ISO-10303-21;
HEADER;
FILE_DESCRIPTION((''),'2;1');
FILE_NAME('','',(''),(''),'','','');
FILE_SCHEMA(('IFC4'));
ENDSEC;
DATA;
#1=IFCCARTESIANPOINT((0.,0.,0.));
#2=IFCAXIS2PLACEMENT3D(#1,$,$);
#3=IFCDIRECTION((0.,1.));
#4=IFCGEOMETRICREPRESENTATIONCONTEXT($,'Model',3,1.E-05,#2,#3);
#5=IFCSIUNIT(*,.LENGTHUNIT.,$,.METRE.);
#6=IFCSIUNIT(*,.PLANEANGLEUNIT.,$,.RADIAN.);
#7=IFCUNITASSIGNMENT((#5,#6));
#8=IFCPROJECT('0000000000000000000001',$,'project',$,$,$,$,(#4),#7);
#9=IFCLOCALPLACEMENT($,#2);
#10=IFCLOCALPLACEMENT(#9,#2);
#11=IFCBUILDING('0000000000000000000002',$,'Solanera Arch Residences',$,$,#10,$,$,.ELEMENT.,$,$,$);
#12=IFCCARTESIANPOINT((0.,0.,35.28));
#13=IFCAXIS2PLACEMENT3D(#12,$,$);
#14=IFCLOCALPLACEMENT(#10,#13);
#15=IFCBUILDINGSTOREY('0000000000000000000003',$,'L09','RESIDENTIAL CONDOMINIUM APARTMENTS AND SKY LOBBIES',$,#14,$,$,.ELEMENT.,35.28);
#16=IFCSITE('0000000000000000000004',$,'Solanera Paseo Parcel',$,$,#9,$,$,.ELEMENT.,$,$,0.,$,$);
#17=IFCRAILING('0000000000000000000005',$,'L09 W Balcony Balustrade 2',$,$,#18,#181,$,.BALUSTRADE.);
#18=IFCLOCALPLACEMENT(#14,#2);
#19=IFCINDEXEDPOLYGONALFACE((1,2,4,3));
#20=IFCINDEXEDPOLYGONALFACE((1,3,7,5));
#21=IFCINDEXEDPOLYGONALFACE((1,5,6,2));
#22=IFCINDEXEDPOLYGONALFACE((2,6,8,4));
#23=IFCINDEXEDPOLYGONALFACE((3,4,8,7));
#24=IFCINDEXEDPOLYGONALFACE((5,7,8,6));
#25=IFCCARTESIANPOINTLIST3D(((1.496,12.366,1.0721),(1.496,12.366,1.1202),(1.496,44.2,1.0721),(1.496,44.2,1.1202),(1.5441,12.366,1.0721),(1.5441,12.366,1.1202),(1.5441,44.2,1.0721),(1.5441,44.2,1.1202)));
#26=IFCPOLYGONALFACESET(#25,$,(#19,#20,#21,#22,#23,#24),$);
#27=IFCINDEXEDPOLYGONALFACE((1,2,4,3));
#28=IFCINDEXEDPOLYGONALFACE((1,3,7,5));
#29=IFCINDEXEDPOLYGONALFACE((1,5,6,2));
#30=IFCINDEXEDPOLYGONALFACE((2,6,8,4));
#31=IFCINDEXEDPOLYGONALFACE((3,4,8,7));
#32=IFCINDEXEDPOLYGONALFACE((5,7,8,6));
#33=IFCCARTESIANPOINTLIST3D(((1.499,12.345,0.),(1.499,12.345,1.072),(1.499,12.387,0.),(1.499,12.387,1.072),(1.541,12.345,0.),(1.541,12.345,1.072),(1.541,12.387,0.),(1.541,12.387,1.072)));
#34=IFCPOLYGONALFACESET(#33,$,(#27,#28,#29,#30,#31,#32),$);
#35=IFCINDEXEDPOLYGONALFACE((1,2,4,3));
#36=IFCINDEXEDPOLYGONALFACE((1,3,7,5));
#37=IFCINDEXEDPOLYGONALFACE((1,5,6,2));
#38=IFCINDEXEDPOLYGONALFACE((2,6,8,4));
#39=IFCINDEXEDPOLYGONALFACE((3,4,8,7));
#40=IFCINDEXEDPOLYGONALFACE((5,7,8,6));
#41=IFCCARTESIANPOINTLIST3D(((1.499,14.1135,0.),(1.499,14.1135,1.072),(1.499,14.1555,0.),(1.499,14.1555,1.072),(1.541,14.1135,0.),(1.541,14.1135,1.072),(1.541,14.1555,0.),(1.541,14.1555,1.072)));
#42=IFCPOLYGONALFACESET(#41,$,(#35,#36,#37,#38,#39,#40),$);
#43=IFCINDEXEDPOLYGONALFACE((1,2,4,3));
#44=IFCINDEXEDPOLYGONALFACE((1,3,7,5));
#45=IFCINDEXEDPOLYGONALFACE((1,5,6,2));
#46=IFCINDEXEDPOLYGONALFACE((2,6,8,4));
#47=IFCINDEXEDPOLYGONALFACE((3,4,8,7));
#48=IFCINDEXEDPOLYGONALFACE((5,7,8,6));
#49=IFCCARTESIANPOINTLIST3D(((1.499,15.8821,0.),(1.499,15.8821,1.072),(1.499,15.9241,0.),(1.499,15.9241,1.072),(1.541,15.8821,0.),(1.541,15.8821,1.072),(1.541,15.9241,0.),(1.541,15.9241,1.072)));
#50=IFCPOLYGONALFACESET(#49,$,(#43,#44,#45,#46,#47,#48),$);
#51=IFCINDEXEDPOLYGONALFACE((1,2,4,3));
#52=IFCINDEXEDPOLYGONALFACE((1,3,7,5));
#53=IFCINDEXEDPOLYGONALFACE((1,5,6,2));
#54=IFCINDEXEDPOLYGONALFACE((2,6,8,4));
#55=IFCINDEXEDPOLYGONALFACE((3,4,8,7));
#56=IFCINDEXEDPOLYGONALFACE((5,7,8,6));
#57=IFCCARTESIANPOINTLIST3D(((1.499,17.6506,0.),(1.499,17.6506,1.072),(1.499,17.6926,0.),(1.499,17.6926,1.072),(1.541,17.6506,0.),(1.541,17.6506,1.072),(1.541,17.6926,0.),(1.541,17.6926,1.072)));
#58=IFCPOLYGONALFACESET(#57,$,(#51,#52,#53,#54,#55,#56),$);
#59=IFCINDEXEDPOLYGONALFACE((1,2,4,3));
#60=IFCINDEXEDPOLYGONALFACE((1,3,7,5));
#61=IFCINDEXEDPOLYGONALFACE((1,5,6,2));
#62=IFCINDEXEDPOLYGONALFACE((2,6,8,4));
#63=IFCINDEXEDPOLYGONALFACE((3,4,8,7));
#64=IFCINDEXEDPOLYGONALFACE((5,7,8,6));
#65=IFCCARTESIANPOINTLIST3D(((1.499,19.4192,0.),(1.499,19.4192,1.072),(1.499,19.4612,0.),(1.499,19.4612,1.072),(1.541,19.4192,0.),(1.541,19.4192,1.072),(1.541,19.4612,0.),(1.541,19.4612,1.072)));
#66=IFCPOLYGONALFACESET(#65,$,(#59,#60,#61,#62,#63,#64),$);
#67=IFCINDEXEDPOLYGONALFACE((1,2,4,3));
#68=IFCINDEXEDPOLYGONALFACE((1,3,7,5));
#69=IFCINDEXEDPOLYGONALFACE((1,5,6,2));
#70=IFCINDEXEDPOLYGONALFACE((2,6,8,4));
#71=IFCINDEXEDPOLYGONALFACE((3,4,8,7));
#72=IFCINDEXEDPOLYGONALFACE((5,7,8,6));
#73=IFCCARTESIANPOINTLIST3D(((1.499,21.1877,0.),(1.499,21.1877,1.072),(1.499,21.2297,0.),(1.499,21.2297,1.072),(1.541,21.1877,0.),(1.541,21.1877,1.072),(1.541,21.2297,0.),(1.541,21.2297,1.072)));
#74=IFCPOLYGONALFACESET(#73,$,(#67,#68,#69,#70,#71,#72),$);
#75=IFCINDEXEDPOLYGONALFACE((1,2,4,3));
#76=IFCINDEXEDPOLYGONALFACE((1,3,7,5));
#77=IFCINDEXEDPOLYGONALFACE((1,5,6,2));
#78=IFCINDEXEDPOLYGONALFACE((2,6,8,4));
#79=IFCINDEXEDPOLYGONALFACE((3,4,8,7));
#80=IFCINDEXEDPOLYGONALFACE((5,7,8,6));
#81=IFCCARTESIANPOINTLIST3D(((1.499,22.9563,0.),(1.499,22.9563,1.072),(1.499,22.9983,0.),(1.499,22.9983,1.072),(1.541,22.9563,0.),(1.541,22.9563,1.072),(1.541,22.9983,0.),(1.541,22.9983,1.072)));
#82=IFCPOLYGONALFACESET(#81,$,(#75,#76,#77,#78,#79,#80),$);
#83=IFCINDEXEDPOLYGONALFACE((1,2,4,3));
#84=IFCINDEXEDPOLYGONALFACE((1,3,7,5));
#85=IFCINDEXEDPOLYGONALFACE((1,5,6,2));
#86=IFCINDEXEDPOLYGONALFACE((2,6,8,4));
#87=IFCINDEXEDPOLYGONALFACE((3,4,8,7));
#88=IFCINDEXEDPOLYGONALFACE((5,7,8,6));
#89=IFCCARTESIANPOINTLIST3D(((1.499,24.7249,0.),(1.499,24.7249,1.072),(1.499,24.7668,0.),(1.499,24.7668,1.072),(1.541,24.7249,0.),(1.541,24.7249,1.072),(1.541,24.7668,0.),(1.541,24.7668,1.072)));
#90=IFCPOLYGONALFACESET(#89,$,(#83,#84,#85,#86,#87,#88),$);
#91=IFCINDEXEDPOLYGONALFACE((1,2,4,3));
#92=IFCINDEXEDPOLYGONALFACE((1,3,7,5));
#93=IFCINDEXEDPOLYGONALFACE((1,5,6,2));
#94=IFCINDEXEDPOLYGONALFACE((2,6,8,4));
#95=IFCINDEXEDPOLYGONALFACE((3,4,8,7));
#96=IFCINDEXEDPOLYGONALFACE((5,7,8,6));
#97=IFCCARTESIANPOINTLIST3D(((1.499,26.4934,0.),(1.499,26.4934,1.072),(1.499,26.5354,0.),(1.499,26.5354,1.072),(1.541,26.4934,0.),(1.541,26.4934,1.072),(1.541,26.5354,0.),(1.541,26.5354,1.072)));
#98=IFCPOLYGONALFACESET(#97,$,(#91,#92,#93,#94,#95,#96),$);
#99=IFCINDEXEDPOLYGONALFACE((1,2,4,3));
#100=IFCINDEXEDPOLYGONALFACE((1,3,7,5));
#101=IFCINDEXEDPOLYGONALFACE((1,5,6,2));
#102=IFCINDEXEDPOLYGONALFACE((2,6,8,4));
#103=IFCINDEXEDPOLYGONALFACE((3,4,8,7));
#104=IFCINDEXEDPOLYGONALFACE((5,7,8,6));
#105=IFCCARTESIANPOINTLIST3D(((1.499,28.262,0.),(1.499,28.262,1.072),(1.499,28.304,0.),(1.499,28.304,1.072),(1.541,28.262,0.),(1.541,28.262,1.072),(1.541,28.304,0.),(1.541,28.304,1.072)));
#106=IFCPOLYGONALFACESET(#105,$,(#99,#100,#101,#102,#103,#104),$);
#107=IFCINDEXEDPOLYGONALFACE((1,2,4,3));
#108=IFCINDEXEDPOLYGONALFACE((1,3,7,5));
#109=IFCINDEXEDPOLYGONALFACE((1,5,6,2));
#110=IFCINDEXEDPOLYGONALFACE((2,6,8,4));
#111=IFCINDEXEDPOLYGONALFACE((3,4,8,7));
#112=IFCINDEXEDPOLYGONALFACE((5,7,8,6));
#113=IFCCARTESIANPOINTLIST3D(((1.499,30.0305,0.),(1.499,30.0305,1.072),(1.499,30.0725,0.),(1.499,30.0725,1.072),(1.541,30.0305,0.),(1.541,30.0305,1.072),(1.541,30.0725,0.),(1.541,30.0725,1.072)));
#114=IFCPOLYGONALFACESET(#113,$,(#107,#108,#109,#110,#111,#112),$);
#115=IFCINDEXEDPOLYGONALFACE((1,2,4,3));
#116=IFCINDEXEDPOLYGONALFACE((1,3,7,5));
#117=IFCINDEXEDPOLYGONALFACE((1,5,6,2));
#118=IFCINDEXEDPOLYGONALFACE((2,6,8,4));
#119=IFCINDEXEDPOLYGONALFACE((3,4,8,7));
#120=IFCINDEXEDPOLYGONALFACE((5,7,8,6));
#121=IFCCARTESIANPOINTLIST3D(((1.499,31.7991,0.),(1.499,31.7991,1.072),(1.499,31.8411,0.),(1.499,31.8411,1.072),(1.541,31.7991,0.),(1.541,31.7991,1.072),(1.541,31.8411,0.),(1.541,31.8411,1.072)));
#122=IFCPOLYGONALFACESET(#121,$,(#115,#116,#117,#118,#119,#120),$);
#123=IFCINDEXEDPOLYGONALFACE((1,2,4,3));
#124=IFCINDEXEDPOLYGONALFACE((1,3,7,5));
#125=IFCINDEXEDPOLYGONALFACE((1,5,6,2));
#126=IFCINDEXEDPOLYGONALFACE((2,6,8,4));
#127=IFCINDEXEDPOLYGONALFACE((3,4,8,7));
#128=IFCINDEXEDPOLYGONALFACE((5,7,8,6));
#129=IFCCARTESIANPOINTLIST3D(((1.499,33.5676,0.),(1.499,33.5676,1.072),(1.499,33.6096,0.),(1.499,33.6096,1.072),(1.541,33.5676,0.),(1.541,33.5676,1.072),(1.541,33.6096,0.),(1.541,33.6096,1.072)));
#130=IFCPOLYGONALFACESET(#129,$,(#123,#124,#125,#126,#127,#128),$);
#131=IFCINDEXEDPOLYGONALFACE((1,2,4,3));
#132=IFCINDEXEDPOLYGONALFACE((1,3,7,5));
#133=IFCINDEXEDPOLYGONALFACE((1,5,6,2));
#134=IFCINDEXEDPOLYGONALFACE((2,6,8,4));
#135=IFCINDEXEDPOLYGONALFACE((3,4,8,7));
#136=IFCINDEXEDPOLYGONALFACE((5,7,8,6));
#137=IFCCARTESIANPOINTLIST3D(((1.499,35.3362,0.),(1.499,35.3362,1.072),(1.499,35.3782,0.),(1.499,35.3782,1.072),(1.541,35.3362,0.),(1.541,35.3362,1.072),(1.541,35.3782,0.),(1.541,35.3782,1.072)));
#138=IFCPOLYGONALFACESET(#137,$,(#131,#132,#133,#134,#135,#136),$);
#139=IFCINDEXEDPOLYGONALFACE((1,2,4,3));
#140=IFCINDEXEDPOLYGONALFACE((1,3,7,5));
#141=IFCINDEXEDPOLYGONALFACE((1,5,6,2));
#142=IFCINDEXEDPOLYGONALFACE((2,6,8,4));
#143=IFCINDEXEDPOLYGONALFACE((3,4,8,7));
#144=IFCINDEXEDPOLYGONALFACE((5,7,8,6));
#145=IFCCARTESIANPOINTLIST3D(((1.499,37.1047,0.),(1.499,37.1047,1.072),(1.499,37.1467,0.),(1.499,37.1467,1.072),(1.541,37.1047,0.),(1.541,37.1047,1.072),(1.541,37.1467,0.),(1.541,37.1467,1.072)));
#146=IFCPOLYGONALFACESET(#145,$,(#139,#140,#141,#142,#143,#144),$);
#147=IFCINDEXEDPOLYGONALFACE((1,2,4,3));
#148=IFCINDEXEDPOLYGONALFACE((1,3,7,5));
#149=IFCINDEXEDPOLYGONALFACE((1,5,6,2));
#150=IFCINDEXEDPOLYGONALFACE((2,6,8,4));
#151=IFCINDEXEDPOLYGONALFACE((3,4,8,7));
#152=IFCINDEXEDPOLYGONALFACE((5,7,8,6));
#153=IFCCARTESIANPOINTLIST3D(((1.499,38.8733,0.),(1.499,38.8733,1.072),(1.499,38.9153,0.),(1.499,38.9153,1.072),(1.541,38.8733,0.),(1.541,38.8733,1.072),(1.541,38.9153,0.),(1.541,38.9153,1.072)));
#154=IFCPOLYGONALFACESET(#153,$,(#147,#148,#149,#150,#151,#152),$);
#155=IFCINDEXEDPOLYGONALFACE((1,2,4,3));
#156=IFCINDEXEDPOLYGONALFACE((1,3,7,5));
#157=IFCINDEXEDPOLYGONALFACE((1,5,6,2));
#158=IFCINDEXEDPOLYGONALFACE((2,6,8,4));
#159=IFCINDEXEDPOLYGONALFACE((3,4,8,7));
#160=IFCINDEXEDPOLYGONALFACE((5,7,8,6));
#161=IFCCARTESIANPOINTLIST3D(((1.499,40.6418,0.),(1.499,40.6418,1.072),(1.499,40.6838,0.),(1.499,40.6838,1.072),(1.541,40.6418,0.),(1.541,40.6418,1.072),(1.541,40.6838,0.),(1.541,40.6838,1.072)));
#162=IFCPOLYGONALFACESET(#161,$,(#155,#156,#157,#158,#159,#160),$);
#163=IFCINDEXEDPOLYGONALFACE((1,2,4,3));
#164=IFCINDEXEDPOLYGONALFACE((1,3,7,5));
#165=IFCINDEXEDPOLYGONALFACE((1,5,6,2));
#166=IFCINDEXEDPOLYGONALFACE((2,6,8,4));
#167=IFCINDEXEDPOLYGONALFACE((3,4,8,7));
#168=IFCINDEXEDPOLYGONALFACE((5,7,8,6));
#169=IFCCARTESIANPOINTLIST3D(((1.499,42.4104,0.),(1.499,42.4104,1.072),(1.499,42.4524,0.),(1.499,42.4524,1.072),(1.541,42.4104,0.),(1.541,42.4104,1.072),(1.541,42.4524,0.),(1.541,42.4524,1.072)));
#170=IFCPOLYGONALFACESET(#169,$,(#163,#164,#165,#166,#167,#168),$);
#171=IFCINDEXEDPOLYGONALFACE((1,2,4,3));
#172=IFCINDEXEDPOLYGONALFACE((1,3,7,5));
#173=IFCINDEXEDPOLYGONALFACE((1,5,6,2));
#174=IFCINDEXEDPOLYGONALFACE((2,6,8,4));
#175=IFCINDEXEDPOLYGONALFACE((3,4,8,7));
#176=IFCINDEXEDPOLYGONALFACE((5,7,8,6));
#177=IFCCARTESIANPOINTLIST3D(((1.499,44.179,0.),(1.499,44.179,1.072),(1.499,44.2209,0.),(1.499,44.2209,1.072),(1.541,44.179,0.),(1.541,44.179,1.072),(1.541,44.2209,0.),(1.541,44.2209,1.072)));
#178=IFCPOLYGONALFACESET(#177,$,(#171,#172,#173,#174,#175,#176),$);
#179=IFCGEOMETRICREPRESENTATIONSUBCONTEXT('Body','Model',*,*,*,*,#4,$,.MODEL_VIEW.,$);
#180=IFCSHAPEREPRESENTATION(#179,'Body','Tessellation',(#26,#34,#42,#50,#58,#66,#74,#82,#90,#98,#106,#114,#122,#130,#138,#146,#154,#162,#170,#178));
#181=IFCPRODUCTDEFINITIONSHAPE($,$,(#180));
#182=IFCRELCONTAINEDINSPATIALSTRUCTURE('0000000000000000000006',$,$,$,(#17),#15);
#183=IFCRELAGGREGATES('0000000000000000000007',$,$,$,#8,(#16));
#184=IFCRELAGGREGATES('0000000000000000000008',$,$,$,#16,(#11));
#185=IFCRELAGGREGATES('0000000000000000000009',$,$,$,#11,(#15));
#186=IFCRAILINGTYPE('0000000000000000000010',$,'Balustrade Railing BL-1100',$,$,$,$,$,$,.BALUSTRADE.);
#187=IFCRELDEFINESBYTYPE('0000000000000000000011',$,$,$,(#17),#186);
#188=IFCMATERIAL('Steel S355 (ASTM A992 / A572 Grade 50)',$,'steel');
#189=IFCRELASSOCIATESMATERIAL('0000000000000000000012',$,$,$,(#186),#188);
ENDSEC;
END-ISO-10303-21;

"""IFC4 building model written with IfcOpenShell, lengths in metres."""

from ifc_helpers import new_model, si_unit, direction, frame, origin, origin_2d, place, context, subcontext, project, spatial, rectangle, extrude, material, type_object, element, save


model = new_model("IFC4")

# Units and contexts
model_context = context("Model", 3, precision=1e-05, world=origin(), true_north=direction((0.0, 1.0)))
body_context = subcontext(model_context, "Body", "Model", "MODEL_VIEW")
ifc_project = project(units=[si_unit("LENGTHUNIT", "METRE"), si_unit("PLANEANGLEUNIT", "RADIAN")], contexts=[model_context])

# Site, building, storey
site_placement = place(None, origin())
site = spatial("IfcSite", under=ifc_project, at=site_placement, Name="Solanera Paseo Parcel", CompositionType="ELEMENT", RefElevation=0.0)
building_placement = place(site_placement, origin())
building = spatial("IfcBuilding", under=site, at=building_placement, Name="Solanera Arch Residences", CompositionType="ELEMENT")
storey_placement = place(building_placement, frame((0.0, 0.0, 35.28)))
storey = spatial("IfcBuildingStorey", under=building, at=storey_placement, Name="L09", Description="RESIDENTIAL CONDOMINIUM APARTMENTS AND SKY LOBBIES", CompositionType="ELEMENT", Elevation=35.28)

# Railing
ifc_material_1 = material(Name="Steel S355 (ASTM A992 / A572 Grade 50)", Category="steel")
railing_type = type_object("IfcRailingType", Name="Balustrade Railing BL-1100", PredefinedType="BALUSTRADE", material=ifc_material_1)
railing_placement = place(storey_placement, frame((1.52, 12.366, 0.0)))
element("IfcRailing", 1, at=railing_placement, inside=storey, type_object=railing_type, Name="L09 W Balcony Balustrade 2", PredefinedType="BALUSTRADE", context=body_context, shape_type="SweptSolid", body=[
    extrude(rectangle(XDim=0.0481, YDim=0.0481, at=origin_2d()), frame((0.0, 0.0, 1.0962), z_axis=(0.0, 1.0, 0.0), x_axis=(-1.0, 0.0, 0.0)), (0.0, 0.0, 1.0), 31.834),
    extrude(rectangle(XDim=0.042, YDim=0.042, at=origin_2d()), origin(), (0.0, 0.0, 1.0), 1.072),
    extrude(rectangle(XDim=0.042, YDim=0.042, at=origin_2d()), frame((0.0, 1.7686, 0.0)), (0.0, 0.0, 1.0), 1.072),
    extrude(rectangle(XDim=0.042, YDim=0.042, at=origin_2d()), frame((0.0, 3.5371, 0.0)), (0.0, 0.0, 1.0), 1.072),
    extrude(rectangle(XDim=0.042, YDim=0.042, at=origin_2d()), frame((0.0, 5.3057, 0.0)), (0.0, 0.0, 1.0), 1.072),
    extrude(rectangle(XDim=0.042, YDim=0.042, at=origin_2d()), frame((0.0, 7.0742, 0.0)), (0.0, 0.0, 1.0), 1.072),
    extrude(rectangle(XDim=0.042, YDim=0.042, at=origin_2d()), frame((0.0, 8.8428, 0.0)), (0.0, 0.0, 1.0), 1.072),
    extrude(rectangle(XDim=0.042, YDim=0.042, at=origin_2d()), frame((0.0, 10.6113, 0.0)), (0.0, 0.0, 1.0), 1.072),
    extrude(rectangle(XDim=0.042, YDim=0.042, at=origin_2d()), frame((0.0, 12.3799, 0.0)), (0.0, 0.0, 1.0), 1.072),
    extrude(rectangle(XDim=0.042, YDim=0.042, at=origin_2d()), frame((0.0, 14.1484, 0.0)), (0.0, 0.0, 1.0), 1.072),
    extrude(rectangle(XDim=0.042, YDim=0.042, at=origin_2d()), frame((0.0, 15.917, 0.0)), (0.0, 0.0, 1.0), 1.072),
    extrude(rectangle(XDim=0.042, YDim=0.042, at=origin_2d()), frame((0.0, 17.6855, 0.0)), (0.0, 0.0, 1.0), 1.072),
    extrude(rectangle(XDim=0.042, YDim=0.042, at=origin_2d()), frame((0.0, 19.4541, 0.0)), (0.0, 0.0, 1.0), 1.072),
    extrude(rectangle(XDim=0.042, YDim=0.042, at=origin_2d()), frame((0.0, 21.2227, 0.0)), (0.0, 0.0, 1.0), 1.072),
    extrude(rectangle(XDim=0.042, YDim=0.042, at=origin_2d()), frame((0.0, 22.9912, 0.0)), (0.0, 0.0, 1.0), 1.072),
    extrude(rectangle(XDim=0.042, YDim=0.042, at=origin_2d()), frame((0.0, 24.7598, 0.0)), (0.0, 0.0, 1.0), 1.072),
    extrude(rectangle(XDim=0.042, YDim=0.042, at=origin_2d()), frame((0.0, 26.5283, 0.0)), (0.0, 0.0, 1.0), 1.072),
    extrude(rectangle(XDim=0.042, YDim=0.042, at=origin_2d()), frame((0.0, 28.2969, 0.0)), (0.0, 0.0, 1.0), 1.072),
    extrude(rectangle(XDim=0.042, YDim=0.042, at=origin_2d()), frame((0.0, 30.0654, 0.0)), (0.0, 0.0, 1.0), 1.072),
    extrude(rectangle(XDim=0.042, YDim=0.042, at=origin_2d()), frame((0.0, 31.834, 0.0)), (0.0, 0.0, 1.0), 1.072),
])

save(model, "model.ifc")
